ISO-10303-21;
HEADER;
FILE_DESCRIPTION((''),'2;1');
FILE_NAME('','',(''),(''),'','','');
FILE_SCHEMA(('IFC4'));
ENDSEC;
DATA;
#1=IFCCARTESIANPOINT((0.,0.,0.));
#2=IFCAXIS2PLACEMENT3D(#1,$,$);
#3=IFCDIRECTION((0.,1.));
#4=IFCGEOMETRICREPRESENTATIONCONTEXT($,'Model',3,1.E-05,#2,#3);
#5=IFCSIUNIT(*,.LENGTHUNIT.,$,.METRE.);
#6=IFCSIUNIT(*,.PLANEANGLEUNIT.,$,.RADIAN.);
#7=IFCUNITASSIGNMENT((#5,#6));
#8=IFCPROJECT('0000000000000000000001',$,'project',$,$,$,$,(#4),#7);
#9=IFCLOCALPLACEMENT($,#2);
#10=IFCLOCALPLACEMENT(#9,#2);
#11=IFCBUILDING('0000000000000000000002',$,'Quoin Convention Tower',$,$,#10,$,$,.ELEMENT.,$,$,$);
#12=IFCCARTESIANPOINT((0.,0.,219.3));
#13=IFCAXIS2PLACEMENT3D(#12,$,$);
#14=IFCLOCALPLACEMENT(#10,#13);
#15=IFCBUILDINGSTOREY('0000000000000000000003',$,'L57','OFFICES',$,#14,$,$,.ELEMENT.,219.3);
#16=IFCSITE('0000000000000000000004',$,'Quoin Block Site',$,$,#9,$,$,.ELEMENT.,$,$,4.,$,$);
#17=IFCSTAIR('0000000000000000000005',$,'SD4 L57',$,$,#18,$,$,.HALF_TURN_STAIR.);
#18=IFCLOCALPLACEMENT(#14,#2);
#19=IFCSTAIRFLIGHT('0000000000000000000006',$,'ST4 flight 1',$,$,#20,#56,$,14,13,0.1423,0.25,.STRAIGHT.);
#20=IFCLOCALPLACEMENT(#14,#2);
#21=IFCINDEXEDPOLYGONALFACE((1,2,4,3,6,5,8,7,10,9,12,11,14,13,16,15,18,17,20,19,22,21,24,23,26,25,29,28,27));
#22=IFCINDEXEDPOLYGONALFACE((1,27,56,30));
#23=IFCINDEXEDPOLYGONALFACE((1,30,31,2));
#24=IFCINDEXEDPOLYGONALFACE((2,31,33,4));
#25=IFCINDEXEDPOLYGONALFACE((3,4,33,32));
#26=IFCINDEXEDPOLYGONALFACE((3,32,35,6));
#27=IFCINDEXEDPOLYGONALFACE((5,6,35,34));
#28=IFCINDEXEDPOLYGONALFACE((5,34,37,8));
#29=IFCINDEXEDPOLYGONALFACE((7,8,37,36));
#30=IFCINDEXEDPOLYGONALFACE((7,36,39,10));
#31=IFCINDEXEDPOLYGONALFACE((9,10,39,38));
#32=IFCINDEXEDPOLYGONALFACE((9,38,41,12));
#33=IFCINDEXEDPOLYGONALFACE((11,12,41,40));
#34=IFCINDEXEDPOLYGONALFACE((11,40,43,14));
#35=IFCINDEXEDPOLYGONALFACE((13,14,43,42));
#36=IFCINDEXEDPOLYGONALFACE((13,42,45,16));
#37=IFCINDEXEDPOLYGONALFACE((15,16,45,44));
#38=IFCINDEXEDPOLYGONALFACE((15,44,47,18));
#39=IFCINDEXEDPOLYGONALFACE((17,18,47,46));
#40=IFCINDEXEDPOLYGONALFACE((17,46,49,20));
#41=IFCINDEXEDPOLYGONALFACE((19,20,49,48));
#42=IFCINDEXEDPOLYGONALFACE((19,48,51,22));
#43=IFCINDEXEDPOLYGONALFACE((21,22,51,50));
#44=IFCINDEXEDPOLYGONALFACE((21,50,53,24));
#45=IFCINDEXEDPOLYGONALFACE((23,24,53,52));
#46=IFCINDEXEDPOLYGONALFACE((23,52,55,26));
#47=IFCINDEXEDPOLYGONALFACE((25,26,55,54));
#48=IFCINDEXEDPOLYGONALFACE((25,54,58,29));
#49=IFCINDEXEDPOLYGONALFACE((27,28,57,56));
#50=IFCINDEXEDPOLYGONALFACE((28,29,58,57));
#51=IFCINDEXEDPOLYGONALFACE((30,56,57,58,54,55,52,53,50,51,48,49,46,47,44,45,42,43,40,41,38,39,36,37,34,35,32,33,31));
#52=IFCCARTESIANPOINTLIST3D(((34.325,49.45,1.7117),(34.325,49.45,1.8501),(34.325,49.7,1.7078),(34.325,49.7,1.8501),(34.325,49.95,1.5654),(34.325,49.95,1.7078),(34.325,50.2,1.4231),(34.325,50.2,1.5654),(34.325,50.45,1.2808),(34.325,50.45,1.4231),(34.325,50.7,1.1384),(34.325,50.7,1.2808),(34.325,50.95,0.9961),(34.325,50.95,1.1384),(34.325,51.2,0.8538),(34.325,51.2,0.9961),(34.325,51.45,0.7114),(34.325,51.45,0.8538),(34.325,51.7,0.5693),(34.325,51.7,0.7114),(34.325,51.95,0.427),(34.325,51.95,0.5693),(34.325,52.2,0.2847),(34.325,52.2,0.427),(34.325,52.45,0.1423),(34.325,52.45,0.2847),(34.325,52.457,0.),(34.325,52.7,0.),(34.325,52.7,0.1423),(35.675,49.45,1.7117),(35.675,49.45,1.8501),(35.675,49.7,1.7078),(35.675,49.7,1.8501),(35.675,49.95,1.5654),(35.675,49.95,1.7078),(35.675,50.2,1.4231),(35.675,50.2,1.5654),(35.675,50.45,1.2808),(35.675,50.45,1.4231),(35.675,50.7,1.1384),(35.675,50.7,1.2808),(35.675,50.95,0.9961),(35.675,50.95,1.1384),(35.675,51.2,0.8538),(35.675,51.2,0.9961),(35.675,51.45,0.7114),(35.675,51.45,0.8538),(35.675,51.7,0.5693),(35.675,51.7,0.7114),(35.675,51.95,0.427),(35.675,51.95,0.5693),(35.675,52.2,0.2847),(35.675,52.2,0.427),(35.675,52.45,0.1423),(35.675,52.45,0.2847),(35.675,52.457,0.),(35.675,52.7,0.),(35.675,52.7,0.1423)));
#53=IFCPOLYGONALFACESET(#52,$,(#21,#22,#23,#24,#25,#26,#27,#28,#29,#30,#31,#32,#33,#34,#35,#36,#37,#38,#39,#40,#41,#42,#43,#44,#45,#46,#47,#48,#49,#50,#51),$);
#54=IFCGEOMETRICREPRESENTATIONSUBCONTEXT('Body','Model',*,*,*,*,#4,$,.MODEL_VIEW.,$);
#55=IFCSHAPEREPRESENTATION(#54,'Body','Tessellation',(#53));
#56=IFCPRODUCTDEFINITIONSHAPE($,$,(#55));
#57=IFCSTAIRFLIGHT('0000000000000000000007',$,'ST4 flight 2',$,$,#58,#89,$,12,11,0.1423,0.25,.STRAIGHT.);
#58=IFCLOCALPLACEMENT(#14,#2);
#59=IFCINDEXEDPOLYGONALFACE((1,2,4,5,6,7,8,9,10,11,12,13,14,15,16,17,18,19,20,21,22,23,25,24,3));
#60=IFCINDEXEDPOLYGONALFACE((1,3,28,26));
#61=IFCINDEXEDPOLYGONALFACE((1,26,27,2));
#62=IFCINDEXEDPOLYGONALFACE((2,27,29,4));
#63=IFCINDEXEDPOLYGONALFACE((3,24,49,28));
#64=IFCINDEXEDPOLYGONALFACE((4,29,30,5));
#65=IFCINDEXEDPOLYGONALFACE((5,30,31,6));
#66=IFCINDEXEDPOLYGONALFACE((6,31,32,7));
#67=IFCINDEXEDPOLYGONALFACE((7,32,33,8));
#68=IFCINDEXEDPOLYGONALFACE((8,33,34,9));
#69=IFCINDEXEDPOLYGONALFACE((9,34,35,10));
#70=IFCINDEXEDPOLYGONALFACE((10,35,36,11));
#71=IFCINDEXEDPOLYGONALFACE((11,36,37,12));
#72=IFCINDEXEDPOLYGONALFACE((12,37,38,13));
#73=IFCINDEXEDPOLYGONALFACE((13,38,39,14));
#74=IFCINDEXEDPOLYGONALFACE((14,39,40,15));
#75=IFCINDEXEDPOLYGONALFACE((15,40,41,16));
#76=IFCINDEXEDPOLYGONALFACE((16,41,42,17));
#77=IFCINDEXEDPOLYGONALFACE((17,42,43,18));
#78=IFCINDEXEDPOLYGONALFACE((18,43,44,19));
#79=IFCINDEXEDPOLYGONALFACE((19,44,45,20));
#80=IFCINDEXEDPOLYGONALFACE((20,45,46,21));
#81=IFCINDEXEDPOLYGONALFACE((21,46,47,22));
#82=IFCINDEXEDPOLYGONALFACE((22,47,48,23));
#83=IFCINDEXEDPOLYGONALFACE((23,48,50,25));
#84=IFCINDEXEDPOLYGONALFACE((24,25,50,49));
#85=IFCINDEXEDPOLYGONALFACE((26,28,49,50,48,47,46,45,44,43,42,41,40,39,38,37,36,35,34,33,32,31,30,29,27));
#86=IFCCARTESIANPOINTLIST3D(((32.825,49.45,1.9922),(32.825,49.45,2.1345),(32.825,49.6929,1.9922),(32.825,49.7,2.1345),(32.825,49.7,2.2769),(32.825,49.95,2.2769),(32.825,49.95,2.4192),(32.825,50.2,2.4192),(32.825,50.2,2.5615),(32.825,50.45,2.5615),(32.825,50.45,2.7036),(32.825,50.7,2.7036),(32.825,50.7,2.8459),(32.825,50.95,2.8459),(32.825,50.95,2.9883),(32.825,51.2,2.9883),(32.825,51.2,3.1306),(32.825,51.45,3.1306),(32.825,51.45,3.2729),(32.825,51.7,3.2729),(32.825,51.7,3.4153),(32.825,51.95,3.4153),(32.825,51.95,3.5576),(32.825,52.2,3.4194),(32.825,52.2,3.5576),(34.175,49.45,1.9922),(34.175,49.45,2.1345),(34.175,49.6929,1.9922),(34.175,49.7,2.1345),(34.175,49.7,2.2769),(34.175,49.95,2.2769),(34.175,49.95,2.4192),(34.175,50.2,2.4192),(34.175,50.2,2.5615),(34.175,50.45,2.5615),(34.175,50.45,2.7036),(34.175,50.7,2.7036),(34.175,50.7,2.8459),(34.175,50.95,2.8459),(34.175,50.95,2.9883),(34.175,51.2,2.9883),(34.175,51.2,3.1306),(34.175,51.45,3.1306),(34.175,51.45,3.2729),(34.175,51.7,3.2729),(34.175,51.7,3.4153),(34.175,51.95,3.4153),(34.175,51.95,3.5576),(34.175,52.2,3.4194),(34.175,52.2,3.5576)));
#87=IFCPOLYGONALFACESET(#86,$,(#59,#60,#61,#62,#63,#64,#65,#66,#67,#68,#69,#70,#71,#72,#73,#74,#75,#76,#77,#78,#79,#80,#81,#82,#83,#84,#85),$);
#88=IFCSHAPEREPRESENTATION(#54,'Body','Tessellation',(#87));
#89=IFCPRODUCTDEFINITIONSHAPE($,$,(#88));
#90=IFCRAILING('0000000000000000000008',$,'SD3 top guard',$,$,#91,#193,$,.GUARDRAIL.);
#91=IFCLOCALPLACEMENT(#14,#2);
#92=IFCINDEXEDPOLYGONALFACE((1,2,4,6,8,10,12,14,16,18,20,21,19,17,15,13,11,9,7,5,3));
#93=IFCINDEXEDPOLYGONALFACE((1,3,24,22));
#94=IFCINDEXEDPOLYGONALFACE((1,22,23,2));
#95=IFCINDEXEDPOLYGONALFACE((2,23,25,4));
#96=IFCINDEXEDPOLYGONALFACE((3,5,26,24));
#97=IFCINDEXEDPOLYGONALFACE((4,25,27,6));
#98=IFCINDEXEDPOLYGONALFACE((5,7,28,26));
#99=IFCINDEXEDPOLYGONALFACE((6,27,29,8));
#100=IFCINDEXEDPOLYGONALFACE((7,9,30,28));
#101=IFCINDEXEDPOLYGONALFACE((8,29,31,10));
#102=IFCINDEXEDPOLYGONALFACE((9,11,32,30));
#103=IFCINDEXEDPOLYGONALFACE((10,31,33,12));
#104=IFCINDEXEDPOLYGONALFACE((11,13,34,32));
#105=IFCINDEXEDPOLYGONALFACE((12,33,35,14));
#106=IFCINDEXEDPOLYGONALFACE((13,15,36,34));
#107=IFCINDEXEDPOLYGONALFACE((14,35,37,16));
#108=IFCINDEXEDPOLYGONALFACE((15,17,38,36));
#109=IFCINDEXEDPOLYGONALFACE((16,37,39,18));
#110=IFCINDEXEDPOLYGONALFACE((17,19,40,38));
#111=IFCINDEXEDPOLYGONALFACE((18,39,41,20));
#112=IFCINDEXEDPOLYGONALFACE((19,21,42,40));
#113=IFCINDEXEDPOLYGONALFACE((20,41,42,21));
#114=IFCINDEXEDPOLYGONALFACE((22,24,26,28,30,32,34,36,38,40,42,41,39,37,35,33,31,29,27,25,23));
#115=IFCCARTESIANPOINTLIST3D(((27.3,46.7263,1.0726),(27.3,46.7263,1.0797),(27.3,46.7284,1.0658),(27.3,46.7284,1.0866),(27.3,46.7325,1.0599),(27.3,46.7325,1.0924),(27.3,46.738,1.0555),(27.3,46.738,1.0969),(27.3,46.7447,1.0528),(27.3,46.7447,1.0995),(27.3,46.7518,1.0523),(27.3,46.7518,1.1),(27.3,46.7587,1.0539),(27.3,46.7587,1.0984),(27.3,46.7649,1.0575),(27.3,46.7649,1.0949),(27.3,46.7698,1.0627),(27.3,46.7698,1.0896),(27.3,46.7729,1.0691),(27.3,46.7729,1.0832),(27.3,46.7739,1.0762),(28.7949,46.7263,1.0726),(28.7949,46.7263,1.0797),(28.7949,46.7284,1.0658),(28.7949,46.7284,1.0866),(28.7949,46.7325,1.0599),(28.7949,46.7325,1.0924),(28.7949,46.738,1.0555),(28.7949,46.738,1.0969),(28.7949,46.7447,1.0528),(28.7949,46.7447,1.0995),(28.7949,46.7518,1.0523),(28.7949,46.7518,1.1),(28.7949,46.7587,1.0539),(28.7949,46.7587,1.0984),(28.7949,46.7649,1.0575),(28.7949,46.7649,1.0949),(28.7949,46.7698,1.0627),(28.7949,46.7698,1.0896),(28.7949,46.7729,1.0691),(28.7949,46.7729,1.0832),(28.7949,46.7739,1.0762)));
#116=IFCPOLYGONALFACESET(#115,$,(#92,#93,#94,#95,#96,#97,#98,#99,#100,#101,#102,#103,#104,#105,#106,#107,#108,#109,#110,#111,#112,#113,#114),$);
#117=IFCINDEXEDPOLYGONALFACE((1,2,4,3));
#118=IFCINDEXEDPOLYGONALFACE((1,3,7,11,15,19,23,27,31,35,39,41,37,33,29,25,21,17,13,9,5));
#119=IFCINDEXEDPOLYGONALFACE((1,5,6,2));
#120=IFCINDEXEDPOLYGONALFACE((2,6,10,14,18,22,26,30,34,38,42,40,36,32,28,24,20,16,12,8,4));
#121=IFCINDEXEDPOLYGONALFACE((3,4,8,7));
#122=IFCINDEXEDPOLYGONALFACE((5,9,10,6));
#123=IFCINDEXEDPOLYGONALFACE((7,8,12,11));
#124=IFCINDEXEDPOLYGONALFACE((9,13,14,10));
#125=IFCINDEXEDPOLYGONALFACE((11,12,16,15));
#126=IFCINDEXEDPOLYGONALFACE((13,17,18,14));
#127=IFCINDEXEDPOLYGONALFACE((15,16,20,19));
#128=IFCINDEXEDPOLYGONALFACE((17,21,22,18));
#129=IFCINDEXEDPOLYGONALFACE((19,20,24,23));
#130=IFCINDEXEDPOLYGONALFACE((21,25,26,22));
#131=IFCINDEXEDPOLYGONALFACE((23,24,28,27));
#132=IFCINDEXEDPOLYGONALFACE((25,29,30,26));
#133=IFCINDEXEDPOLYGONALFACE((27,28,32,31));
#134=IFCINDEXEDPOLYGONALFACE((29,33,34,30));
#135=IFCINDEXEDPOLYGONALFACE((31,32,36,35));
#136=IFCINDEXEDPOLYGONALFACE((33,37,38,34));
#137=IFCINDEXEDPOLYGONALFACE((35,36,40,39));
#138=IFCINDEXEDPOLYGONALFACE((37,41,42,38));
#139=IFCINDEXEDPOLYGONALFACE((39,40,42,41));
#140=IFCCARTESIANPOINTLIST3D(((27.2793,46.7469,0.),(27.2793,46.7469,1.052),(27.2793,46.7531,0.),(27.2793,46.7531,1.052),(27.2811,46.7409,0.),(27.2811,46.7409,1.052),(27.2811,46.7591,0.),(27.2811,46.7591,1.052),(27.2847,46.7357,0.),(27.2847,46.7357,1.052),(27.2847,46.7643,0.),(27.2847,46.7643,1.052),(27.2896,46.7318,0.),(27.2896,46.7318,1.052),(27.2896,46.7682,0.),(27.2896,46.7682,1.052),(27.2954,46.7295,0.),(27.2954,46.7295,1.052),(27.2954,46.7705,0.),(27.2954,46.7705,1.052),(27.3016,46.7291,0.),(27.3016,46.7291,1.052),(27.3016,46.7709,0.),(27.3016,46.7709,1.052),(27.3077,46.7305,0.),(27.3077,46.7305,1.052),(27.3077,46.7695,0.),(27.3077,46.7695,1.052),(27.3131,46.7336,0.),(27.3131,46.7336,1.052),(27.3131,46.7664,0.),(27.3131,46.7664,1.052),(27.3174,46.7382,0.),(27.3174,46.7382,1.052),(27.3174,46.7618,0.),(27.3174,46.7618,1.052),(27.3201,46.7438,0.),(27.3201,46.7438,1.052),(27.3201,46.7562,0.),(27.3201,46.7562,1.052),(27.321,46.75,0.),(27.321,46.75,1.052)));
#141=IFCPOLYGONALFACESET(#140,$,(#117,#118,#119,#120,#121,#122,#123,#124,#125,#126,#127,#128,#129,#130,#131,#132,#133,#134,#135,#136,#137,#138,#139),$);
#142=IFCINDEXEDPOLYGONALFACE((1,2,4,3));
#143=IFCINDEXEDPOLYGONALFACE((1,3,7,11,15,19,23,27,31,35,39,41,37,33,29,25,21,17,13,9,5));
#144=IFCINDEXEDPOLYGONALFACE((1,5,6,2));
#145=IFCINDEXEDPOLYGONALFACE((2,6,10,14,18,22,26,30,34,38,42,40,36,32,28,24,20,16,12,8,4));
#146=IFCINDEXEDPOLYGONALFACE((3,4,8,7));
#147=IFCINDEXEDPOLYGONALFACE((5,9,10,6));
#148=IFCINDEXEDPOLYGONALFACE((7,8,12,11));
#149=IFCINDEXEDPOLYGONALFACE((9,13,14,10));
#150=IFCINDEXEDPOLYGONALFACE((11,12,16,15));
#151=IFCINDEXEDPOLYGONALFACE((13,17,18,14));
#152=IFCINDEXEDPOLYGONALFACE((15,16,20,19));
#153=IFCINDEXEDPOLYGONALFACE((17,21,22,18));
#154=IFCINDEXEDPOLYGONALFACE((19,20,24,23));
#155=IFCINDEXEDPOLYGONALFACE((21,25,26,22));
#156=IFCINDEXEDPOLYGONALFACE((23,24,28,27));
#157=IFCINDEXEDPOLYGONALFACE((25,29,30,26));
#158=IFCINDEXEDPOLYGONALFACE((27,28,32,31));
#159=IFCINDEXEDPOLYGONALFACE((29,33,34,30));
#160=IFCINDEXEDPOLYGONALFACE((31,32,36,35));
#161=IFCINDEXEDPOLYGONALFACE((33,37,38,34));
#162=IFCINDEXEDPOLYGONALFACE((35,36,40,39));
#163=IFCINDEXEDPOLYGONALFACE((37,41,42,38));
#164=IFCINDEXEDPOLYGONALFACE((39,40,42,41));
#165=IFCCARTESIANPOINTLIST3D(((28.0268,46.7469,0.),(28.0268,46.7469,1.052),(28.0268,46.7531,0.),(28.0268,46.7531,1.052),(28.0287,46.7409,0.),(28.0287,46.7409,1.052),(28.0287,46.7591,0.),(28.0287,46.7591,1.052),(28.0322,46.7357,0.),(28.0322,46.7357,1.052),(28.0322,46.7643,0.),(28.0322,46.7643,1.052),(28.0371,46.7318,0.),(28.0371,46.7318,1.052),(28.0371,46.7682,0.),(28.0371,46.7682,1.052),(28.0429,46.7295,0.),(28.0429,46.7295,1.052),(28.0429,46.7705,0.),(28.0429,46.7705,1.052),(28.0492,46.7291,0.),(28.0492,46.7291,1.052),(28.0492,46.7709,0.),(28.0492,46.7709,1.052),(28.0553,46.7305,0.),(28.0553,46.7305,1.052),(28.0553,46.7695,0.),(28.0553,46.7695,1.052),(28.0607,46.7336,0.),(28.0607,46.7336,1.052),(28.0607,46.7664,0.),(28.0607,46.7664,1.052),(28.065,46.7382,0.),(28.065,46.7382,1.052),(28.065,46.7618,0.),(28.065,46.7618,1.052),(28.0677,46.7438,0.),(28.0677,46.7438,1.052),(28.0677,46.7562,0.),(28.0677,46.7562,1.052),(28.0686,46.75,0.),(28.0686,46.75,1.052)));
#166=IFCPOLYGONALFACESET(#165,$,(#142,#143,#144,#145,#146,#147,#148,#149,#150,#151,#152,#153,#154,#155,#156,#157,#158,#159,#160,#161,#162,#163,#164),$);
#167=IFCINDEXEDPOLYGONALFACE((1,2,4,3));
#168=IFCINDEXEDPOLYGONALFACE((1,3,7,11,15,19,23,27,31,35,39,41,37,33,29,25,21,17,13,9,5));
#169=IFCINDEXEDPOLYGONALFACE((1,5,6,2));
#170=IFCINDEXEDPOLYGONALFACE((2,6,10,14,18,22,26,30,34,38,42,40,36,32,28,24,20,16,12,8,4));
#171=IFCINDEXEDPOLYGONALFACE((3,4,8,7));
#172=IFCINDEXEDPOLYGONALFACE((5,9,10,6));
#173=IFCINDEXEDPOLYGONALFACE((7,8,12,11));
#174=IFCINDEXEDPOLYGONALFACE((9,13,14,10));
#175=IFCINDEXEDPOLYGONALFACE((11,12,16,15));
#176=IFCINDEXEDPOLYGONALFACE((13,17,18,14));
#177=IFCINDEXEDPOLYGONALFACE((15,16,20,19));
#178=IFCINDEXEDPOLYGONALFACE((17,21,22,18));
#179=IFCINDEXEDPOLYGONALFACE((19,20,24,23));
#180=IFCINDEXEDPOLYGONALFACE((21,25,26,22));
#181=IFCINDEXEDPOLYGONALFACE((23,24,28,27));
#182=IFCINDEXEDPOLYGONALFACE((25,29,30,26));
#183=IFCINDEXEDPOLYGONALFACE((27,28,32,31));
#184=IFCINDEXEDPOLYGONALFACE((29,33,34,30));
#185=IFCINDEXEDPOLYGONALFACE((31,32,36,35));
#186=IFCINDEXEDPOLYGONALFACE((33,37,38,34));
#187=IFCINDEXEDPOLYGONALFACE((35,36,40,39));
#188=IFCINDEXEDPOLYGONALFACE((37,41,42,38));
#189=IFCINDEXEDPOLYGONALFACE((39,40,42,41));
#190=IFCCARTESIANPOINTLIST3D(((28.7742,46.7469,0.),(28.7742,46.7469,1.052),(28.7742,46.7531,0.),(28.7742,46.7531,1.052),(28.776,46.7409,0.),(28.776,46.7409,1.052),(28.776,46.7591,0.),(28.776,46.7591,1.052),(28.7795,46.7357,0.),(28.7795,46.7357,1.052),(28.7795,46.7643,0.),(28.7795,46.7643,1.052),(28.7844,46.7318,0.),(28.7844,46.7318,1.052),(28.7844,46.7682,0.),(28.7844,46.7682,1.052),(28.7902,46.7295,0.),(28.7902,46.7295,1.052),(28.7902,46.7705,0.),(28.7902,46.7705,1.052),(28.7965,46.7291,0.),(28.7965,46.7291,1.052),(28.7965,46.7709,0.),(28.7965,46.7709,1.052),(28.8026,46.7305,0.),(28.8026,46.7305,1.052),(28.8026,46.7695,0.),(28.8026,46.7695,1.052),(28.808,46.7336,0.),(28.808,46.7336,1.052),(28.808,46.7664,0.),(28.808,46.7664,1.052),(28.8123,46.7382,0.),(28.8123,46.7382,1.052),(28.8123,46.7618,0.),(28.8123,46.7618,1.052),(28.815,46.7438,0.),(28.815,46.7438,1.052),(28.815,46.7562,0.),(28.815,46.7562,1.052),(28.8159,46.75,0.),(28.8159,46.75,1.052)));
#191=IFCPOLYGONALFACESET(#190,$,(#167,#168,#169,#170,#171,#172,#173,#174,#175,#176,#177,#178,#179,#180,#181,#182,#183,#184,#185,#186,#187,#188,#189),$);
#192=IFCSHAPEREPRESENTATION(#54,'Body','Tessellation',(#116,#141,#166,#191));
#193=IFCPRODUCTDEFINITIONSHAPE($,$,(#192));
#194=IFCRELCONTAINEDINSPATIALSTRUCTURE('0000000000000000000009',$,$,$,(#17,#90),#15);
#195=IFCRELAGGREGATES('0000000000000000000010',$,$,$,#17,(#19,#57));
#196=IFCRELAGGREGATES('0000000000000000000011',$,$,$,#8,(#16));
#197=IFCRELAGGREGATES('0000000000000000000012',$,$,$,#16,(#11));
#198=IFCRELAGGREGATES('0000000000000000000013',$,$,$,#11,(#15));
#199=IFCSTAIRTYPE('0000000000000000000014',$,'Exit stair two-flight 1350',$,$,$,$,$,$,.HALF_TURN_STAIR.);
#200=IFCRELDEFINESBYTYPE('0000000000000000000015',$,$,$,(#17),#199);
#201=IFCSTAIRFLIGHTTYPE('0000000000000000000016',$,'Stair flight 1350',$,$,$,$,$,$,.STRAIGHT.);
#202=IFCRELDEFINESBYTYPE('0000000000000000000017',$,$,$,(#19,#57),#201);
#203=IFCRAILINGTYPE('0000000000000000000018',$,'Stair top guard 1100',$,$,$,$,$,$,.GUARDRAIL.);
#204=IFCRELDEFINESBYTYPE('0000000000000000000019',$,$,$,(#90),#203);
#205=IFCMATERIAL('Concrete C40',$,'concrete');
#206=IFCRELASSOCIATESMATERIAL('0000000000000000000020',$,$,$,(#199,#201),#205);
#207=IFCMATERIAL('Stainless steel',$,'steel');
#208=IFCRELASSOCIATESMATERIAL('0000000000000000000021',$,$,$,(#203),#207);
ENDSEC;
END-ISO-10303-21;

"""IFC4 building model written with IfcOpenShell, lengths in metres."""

from ifc_helpers import new_model, si_unit, direction, frame, origin, origin_2d, place, context, subcontext, project, spatial, polyline, circle, outline, extrude, material, type_object, element, aggregate, save


model = new_model("IFC4")

# Units and contexts
model_context = context("Model", 3, precision=1e-05, world=origin(), true_north=direction((0.0, 1.0)))
body_context = subcontext(model_context, "Body", "Model", "MODEL_VIEW")
ifc_project = project(units=[si_unit("LENGTHUNIT", "METRE"), si_unit("PLANEANGLEUNIT", "RADIAN")], contexts=[model_context])

# Site, building, storey
site_placement = place(None, origin())
site = spatial("IfcSite", under=ifc_project, at=site_placement, Name="Quoin Block Site", CompositionType="ELEMENT", RefElevation=4.0)
building_placement = place(site_placement, origin())
building = spatial("IfcBuilding", under=site, at=building_placement, Name="Quoin Convention Tower", CompositionType="ELEMENT")
storey_placement = place(building_placement, frame((0.0, 0.0, 219.3)))
storey = spatial("IfcBuildingStorey", under=building, at=storey_placement, Name="L57", Description="OFFICES", CompositionType="ELEMENT", Elevation=219.3)

# Shared definitions
ifc_material_1 = material(Name="Concrete C40", Category="concrete")
stair_type = type_object("IfcStairType", Name="Exit stair two-flight 1350", PredefinedType="HALF_TURN_STAIR", material=ifc_material_1)
stair_flight_type = type_object("IfcStairFlightType", Name="Stair flight 1350", PredefinedType="STRAIGHT", material=ifc_material_1)

# Stair, stair flights
stair_1_placement = place(storey_placement, origin())
stair_1 = element("IfcStair", 1, at=stair_1_placement, inside=storey, type_object=stair_type, Name="SD4 L57", PredefinedType="HALF_TURN_STAIR")
stair_flight_1_placement = place(storey_placement, frame((35.0, 52.7, 0.0), z_axis=(0.0, 0.0, 1.0), x_axis=(0.0, -1.0, 0.0)))
stair_flight_1 = element("IfcStairFlight", 2, at=stair_flight_1_placement, type_object=stair_flight_type, Name="ST4 flight 1", NumberOfRisers=14, NumberOfTreads=13, PredefinedType="STRAIGHT", RiserHeight=0.1423, TreadLength=0.25, context=body_context, shape_type="SweptSolid", body=[
    extrude(outline(polyline([(0.0, 0.0), (0.0, 0.1423), (0.25, 0.1423), (0.25, 0.2847), (0.5, 0.2847), (0.5, 0.427), (0.75, 0.427), (0.75, 0.5693), (1.0, 0.5693), (1.0, 0.7114), (1.25, 0.7114), (1.25, 0.8538), (1.5, 0.8538), (1.5, 0.9961), (1.75, 0.9961), (1.75, 1.1384), (2.0, 1.1384), (2.0, 1.2808), (2.25, 1.2808), (2.25, 1.4231), (2.5, 1.4231), (2.5, 1.5654), (2.75, 1.5654), (2.75, 1.7078), (3.0, 1.7078), (3.0, 1.8501), (3.25, 1.8501), (3.25, 1.9922), (3.25, 1.7117), (0.2429, 0.0), (0.0, 0.0)])), frame((0.0, 0.675, 0.0), z_axis=(0.0, -1.0, 0.0), x_axis=(1.0, 0.0, 0.0)), (0.0, 0.0, 1.0), 1.3501),
])
stair_flight_2_placement = place(storey_placement, frame((33.5, 49.45, 1.9922), z_axis=(0.0, 0.0, 1.0), x_axis=(0.0, 1.0, 0.0)))
stair_flight_2 = element("IfcStairFlight", 3, at=stair_flight_2_placement, type_object=stair_flight_type, Name="ST4 flight 2", NumberOfRisers=12, NumberOfTreads=11, PredefinedType="STRAIGHT", RiserHeight=0.1423, TreadLength=0.25, context=body_context, shape_type="SweptSolid", body=[
    extrude(outline(polyline([(0.0, 0.0), (0.0, 0.1423), (0.25, 0.1423), (0.25, 0.2847), (0.5, 0.2847), (0.5, 0.427), (0.75, 0.427), (0.75, 0.5693), (1.0, 0.5693), (1.0, 0.7114), (1.25, 0.7114), (1.25, 0.8538), (1.5, 0.8538), (1.5, 0.9961), (1.75, 0.9961), (1.75, 1.1384), (2.0, 1.1384), (2.0, 1.2808), (2.25, 1.2808), (2.25, 1.4231), (2.5, 1.4231), (2.5, 1.5654), (2.75, 1.5654), (2.75, 1.7078), (2.75, 1.4272), (0.2429, 0.0), (0.0, 0.0)])), frame((0.0, 0.675, 0.0), z_axis=(0.0, -1.0, 0.0), x_axis=(1.0, 0.0, 0.0)), (0.0, 0.0, 1.0), 1.3501),
])
aggregate(stair_1, [stair_flight_1, stair_flight_2])

# Railing
ifc_material_2 = material(Name="Stainless steel", Category="steel")
railing_type_1 = type_object("IfcRailingType", Name="Stair top guard 1100", PredefinedType="GUARDRAIL", material=ifc_material_2)
railing_1_placement = place(storey_placement, frame((27.3, 46.75, 0.0)))
element("IfcRailing", 4, at=railing_1_placement, inside=storey, type_object=railing_type_1, Name="SD3 top guard", PredefinedType="GUARDRAIL", context=body_context, shape_type="SweptSolid", body=[
    extrude(circle(Radius=0.0239, at=origin_2d()), frame((0.0, 0.0, 1.0762), z_axis=(1.0, 0.0, 0.0), x_axis=(0.0, 1.0, 0.0)), (0.0, 0.0, 1.0), 1.4949),
    extrude(circle(Radius=0.021, at=origin_2d()), origin(), (0.0, 0.0, 1.0), 1.052),
    extrude(circle(Radius=0.021, at=origin_2d()), frame((0.7476, 0.0, 0.0)), (0.0, 0.0, 1.0), 1.052),
    extrude(circle(Radius=0.021, at=origin_2d()), frame((1.4949, 0.0, 0.0)), (0.0, 0.0, 1.0), 1.052),
])

save(model, "model.ifc")
